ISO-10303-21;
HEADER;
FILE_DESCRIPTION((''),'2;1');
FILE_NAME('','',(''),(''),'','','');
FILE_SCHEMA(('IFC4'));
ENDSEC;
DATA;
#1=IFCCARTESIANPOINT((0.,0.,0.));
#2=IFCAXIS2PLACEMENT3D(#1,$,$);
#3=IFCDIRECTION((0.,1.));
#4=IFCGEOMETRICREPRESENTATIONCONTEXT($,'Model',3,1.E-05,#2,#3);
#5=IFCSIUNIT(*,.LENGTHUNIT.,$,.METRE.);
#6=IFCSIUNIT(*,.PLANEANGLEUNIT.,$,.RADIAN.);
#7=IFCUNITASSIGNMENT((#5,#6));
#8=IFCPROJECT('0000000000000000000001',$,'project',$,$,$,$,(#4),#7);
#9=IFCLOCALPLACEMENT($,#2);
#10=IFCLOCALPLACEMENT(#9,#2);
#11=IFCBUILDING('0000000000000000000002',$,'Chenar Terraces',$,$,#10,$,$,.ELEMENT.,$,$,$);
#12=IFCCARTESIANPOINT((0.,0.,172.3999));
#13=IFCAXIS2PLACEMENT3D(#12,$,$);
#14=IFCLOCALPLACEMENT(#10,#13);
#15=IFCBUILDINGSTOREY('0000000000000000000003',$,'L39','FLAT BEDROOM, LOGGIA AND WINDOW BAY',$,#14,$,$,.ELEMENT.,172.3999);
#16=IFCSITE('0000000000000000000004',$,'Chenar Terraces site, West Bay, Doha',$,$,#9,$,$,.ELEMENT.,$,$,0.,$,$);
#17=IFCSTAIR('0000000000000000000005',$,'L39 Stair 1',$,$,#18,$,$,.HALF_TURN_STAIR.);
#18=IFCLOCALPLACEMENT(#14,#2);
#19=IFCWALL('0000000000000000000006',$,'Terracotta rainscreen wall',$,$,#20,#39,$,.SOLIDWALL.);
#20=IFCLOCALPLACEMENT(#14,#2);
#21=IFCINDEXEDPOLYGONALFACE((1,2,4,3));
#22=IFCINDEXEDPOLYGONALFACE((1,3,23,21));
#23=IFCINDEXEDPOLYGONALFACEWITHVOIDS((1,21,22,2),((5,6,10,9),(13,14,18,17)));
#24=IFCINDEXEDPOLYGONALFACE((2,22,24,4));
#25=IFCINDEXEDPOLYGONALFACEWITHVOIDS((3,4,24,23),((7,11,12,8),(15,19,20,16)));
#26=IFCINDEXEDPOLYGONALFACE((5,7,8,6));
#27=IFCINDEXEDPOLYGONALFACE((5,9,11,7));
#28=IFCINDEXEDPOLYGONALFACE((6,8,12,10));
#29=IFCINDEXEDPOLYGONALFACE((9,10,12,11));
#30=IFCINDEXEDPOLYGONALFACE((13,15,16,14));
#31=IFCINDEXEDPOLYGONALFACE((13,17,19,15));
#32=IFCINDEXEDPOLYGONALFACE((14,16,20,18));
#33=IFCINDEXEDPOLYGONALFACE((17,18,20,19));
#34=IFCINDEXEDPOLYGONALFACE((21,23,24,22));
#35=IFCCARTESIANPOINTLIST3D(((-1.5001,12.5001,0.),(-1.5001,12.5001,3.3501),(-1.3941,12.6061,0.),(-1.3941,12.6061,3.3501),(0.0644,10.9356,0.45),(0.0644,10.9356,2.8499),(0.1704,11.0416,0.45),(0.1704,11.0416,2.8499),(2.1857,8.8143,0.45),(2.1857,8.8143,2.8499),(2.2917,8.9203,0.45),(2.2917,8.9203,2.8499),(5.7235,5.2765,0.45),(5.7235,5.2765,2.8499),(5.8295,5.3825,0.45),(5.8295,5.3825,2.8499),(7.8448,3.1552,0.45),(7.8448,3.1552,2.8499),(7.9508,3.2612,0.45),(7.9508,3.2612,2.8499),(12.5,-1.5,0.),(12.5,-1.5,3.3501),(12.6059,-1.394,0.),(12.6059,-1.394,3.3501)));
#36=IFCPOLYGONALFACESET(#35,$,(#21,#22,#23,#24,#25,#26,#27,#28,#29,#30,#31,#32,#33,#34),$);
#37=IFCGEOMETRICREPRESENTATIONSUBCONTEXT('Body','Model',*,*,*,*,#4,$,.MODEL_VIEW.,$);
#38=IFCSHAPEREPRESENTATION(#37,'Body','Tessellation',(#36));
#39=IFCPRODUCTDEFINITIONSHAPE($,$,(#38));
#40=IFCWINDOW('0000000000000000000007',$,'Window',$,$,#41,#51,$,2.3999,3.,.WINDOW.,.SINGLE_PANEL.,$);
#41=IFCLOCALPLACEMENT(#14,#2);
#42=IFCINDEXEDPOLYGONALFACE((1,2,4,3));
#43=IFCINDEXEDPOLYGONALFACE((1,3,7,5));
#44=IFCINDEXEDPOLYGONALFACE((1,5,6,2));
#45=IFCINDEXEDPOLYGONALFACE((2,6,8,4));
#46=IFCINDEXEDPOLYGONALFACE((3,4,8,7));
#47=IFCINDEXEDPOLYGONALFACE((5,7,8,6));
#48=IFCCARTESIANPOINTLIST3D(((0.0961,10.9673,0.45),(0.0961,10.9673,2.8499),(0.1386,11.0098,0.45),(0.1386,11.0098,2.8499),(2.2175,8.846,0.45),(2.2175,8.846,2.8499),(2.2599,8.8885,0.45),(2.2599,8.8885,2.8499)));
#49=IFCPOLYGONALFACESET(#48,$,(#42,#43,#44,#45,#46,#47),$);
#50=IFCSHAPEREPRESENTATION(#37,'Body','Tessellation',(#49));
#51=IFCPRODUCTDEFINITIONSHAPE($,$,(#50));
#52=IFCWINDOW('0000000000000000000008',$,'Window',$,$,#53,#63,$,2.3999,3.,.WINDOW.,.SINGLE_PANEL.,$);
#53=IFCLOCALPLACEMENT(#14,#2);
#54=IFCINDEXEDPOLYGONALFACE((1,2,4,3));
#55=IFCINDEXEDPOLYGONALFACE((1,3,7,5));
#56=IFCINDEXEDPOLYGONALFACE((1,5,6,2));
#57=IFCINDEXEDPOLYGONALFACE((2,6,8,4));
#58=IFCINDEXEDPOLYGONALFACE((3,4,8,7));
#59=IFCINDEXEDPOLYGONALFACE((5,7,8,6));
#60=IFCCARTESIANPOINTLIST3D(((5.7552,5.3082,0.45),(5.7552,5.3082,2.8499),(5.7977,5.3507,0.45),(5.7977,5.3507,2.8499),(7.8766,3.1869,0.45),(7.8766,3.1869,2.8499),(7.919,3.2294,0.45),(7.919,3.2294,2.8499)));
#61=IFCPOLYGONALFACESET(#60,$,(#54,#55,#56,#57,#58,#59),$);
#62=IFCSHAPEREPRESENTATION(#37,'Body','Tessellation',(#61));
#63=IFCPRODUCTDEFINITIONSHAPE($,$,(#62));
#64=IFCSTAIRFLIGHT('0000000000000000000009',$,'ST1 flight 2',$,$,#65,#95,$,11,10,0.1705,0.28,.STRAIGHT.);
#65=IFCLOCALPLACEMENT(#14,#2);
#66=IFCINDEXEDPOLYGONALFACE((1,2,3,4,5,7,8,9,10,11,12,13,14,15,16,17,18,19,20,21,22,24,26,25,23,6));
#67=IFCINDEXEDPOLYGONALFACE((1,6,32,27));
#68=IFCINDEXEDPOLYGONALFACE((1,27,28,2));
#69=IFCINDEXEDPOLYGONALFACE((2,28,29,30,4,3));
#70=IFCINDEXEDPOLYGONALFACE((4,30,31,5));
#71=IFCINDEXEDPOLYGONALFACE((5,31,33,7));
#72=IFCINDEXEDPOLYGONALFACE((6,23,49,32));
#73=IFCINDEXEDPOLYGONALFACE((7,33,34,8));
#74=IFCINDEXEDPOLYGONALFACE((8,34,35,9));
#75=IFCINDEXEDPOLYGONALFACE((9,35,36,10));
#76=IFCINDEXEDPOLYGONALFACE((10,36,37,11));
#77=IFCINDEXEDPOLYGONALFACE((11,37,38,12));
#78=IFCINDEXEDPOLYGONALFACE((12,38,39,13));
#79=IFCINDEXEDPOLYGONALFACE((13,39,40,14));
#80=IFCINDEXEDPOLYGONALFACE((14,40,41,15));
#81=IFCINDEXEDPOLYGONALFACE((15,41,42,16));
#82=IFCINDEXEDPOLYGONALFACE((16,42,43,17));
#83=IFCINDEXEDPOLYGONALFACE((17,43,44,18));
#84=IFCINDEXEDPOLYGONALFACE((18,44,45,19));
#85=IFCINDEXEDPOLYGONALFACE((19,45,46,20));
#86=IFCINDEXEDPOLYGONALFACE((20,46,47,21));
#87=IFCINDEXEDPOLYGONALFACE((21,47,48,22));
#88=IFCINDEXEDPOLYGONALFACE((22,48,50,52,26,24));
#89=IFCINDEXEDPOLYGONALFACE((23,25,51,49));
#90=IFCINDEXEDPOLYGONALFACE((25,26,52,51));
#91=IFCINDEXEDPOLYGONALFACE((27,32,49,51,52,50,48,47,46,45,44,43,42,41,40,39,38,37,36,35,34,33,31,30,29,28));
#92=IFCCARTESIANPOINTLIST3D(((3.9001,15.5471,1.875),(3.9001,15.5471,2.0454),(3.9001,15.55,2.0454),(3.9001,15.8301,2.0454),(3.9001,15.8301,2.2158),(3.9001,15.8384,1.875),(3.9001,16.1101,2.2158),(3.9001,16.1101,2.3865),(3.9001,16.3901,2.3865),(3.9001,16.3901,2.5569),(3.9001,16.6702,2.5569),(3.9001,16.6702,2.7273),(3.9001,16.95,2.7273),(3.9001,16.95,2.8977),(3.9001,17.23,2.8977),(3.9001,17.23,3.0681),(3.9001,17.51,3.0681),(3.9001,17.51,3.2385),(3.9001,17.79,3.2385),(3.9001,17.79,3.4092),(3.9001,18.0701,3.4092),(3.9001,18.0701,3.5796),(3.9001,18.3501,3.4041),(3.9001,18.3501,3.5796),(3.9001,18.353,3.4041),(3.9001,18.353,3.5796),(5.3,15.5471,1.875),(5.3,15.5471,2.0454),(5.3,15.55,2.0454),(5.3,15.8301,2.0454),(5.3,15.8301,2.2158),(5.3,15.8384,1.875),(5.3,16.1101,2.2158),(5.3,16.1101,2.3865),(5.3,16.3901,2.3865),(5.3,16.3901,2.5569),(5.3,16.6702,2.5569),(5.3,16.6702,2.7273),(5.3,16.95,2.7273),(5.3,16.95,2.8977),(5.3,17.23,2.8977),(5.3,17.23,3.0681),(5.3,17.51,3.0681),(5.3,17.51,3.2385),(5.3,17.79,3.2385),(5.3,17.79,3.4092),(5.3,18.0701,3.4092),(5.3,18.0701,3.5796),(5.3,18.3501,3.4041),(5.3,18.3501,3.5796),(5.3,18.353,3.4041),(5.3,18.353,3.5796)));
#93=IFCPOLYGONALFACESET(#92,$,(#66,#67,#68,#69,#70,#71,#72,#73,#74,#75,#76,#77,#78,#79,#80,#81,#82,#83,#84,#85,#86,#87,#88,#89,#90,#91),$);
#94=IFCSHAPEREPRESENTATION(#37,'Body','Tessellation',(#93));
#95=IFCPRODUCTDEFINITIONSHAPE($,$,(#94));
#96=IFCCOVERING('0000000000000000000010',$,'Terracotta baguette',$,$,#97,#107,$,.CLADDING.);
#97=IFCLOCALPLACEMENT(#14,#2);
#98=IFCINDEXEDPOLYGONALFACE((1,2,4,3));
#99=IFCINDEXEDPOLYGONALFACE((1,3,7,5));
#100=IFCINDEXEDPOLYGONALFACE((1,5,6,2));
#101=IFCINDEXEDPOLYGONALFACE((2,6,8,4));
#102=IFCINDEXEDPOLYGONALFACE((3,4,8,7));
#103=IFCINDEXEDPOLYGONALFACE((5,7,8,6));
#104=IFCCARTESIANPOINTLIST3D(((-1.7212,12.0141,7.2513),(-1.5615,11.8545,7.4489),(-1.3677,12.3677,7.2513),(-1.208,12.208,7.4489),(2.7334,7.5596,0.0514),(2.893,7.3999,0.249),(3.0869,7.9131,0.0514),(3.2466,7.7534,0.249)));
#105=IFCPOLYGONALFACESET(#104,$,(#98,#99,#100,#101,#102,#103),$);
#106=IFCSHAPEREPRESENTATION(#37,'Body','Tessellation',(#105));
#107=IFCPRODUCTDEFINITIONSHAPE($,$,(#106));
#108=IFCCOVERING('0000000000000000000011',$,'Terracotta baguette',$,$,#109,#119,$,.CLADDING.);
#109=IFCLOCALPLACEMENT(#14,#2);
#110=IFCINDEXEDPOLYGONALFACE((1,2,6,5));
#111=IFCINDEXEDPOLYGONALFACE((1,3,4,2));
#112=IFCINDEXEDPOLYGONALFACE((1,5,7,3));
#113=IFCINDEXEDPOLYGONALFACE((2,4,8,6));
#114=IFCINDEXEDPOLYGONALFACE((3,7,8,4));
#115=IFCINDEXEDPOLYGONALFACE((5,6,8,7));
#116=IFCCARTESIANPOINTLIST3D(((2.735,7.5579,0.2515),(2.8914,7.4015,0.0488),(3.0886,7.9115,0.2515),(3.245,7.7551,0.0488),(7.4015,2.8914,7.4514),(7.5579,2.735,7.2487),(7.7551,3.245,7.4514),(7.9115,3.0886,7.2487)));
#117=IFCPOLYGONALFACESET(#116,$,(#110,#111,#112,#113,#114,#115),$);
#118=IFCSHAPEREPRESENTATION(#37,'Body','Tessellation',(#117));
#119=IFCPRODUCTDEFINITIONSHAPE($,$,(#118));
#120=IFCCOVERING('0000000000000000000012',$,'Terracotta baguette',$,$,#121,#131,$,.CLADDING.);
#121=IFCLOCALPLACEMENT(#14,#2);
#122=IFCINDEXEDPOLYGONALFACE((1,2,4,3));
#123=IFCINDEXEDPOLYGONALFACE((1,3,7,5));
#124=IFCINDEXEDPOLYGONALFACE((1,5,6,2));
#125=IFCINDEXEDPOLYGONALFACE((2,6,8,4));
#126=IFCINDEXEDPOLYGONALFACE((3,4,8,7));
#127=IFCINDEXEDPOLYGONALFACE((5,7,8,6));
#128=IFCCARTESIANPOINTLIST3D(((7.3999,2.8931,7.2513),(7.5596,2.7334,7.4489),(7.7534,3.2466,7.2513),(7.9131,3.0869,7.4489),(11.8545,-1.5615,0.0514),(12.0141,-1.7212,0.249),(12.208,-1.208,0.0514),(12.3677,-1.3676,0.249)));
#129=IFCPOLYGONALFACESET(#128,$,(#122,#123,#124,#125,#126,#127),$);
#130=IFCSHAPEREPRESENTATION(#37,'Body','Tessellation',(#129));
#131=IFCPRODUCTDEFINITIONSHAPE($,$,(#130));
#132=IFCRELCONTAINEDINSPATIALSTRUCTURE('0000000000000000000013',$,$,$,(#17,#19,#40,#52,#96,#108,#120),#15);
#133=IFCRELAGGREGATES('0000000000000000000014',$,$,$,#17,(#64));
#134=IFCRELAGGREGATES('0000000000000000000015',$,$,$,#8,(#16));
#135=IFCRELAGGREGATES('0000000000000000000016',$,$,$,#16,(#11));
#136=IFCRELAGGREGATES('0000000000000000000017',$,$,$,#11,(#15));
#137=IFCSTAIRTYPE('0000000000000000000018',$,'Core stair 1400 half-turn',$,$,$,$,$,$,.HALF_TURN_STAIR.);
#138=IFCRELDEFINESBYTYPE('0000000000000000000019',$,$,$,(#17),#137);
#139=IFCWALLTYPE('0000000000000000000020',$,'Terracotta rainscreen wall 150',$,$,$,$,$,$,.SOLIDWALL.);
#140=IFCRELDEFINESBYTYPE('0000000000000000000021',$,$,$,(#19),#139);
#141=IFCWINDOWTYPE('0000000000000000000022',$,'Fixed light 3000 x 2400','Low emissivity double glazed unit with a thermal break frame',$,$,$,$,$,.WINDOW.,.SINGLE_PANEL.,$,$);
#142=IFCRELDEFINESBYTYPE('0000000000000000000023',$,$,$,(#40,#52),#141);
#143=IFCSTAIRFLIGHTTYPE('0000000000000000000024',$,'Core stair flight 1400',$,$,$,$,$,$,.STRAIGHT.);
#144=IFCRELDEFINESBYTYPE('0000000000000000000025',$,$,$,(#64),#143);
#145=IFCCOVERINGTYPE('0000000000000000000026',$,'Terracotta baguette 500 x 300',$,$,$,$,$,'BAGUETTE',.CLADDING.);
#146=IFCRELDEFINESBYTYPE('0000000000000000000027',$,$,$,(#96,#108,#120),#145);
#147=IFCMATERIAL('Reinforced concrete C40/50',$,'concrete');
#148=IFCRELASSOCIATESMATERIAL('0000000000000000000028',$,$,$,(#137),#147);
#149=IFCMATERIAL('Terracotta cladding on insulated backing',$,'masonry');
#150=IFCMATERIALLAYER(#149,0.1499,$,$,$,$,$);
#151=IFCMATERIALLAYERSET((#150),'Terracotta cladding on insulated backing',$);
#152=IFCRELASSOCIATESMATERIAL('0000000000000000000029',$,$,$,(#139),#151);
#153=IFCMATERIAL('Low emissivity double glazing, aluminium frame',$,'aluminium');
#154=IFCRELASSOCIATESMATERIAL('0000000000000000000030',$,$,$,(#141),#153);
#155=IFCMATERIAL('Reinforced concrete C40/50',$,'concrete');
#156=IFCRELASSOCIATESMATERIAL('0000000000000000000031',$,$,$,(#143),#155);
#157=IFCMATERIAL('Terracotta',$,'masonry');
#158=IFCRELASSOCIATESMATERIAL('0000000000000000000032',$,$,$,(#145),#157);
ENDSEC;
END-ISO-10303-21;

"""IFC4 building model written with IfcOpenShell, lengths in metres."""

from ifc_helpers import new_model, si_unit, direction, frame, frame_2d, origin, origin_2d, place, context, subcontext, project, spatial, polyline, rectangle, outline, extrude, material, layer, layer_set, material_profile, profile_set, type_object, element, fill, aggregate, save


model = new_model("IFC4")

# Units and contexts
model_context = context("Model", 3, precision=1e-05, world=origin(), true_north=direction((0.0, 1.0)))
body_context = subcontext(model_context, "Body", "Model", "MODEL_VIEW")
ifc_project = project(units=[si_unit("LENGTHUNIT", "METRE"), si_unit("PLANEANGLEUNIT", "RADIAN")], contexts=[model_context])

# Site, building, storey
site_placement = place(None, origin())
site = spatial("IfcSite", under=ifc_project, at=site_placement, Name="Chenar Terraces site, West Bay, Doha", CompositionType="ELEMENT", RefElevation=0.0)
building_placement = place(site_placement, origin())
building = spatial("IfcBuilding", under=site, at=building_placement, Name="Chenar Terraces", CompositionType="ELEMENT")
storey_placement = place(building_placement, frame((0.0, 0.0, 172.3999)))
storey = spatial("IfcBuildingStorey", under=building, at=storey_placement, Name="L39", Description="FLAT BEDROOM, LOGGIA AND WINDOW BAY", CompositionType="ELEMENT", Elevation=172.3999)

# Stair
ifc_material_1 = material(Name="Reinforced concrete C40/50", Category="concrete")
stair_type = type_object("IfcStairType", Name="Core stair 1400 half-turn", PredefinedType="HALF_TURN_STAIR", material=ifc_material_1)
placement_1 = place(storey_placement, origin())
stair_1 = element("IfcStair", 1, at=placement_1, inside=storey, type_object=stair_type, Name="L39 Stair 1", PredefinedType="HALF_TURN_STAIR")

# Wall, openings, windows
ifc_material_2 = material(Name="Terracotta cladding on insulated backing", Category="masonry")
ifc_layer_1 = layer(ifc_material_2, 0.1499)
ifc_layer_set_1 = layer_set([ifc_layer_1], Name="Terracotta cladding on insulated backing")
wall_type_1 = type_object("IfcWallType", Name="Terracotta rainscreen wall 150", PredefinedType="SOLIDWALL", material=ifc_layer_set_1)
wall_1_placement = place(storey_placement, frame((-1.447, 12.553, 0.0), z_axis=(0.0, 0.0, 1.0), x_axis=(0.707107, -0.707107, 0.0)))
wall_1 = element("IfcWall", 2, at=wall_1_placement, inside=storey, type_object=wall_type_1, Name="Terracotta rainscreen wall", PredefinedType="SOLIDWALL", context=body_context, shape_type="SweptSolid", body=[
    extrude(rectangle(XDim=19.7991, YDim=0.1499, at=frame_2d((9.8994, 0.0))), origin(), (0.0, 0.0, 1.0), 3.3501),
])
opening_1_placement = place(wall_1_placement, frame((2.2124, 0.0, 0.45)))
opening_1 = element("IfcOpeningElement", 3, at=opening_1_placement, cuts=wall_1, PredefinedType="OPENING", context=body_context, shape_type="SweptSolid", body=[
    extrude(rectangle(XDim=3.0, YDim=2.3999, at=frame_2d((1.5, 1.2))), frame((0.0, 0.085, 0.0), z_axis=(0.0, -1.0, 0.0), x_axis=(1.0, 0.0, 0.0)), (0.0, 0.0, 1.0), 0.1699),
])
opening_2_placement = place(wall_1_placement, frame((10.2156, 0.0, 0.45)))
opening_2 = element("IfcOpeningElement", 4, at=opening_2_placement, cuts=wall_1, PredefinedType="OPENING", context=body_context, shape_type="SweptSolid", body=[
    extrude(rectangle(XDim=3.0, YDim=2.3999, at=frame_2d((1.5, 1.2))), frame((0.0, 0.085, 0.0), z_axis=(0.0, -1.0, 0.0), x_axis=(1.0, 0.0, 0.0)), (0.0, 0.0, 1.0), 0.1699),
])
ifc_material_3 = material(Name="Low emissivity double glazing, aluminium frame", Category="aluminium")
window_type = type_object("IfcWindowType", Name="Fixed light 3000 x 2400", Description="Low emissivity double glazed unit with a thermal break frame", PartitioningType="SINGLE_PANEL", PredefinedType="WINDOW", material=ifc_material_3)
window_1_placement = place(opening_1_placement, origin())
window_1 = element("IfcWindow", 5, at=window_1_placement, inside=storey, type_object=window_type, Name="Window", OverallHeight=2.3999, OverallWidth=3.0, PartitioningType="SINGLE_PANEL", PredefinedType="WINDOW", context=body_context, shape_type="SweptSolid", body=[
    extrude(rectangle(XDim=3.0, YDim=2.3999, at=frame_2d((1.5, 1.2))), frame((0.0, 0.03, 0.0), z_axis=(0.0, -1.0, 0.0), x_axis=(1.0, 0.0, 0.0)), (0.0, 0.0, 1.0), 0.0601),
])
fill(opening_1, window_1)
window_2_placement = place(opening_2_placement, origin())
window_2 = element("IfcWindow", 6, at=window_2_placement, inside=storey, type_object=window_type, Name="Window", OverallHeight=2.3999, OverallWidth=3.0, PartitioningType="SINGLE_PANEL", PredefinedType="WINDOW", context=body_context, shape_type="SweptSolid", body=[
    extrude(rectangle(XDim=3.0, YDim=2.3999, at=frame_2d((1.5, 1.2))), frame((0.0, 0.03, 0.0), z_axis=(0.0, -1.0, 0.0), x_axis=(1.0, 0.0, 0.0)), (0.0, 0.0, 1.0), 0.0601),
])
fill(opening_2, window_2)

# Stair flight
ifc_material_4 = material(Name="Reinforced concrete C40/50", Category="concrete")
stair_flight_type = type_object("IfcStairFlightType", Name="Core stair flight 1400", PredefinedType="STRAIGHT", material=ifc_material_4)
stair_flight_placement = place(storey_placement, frame((4.6001, 15.55, 1.875), z_axis=(0.0, 0.0, 1.0), x_axis=(0.0, 1.0, 0.0)))
stair_flight = element("IfcStairFlight", 7, at=stair_flight_placement, type_object=stair_flight_type, Name="ST1 flight 2", NumberOfRisers=11, NumberOfTreads=10, PredefinedType="STRAIGHT", RiserHeight=0.1705, TreadLength=0.28, context=body_context, shape_type="SweptSolid", body=[
    extrude(outline(polyline([(-0.0029, 0.0), (-0.0029, 0.1704), (0.0, 0.1704), (0.28, 0.1704), (0.28, 0.3408), (0.5601, 0.3408), (0.5601, 0.5115), (0.8401, 0.5115), (0.8401, 0.6819), (1.1201, 0.6819), (1.1201, 0.8523), (1.3999, 0.8523), (1.3999, 1.0227), (1.6799, 1.0227), (1.6799, 1.1931), (1.96, 1.1931), (1.96, 1.3635), (2.24, 1.3635), (2.24, 1.5342), (2.52, 1.5342), (2.52, 1.7046), (2.8, 1.7046), (2.803, 1.7046), (2.803, 1.5291), (2.8, 1.5291), (0.2883, 0.0), (-0.0029, 0.0)])), frame((0.0, 0.7, 0.0), z_axis=(0.0, -1.0, 0.0), x_axis=(1.0, 0.0, 0.0)), (0.0, 0.0, 1.0), 1.3999),
])
aggregate(stair_1, [stair_flight])

# Coverings
ifc_material_5 = material(Name="Terracotta", Category="masonry")
ifc_material_profile = material_profile(ifc_material_5, rectangle(XDim=0.5, YDim=0.3, at=origin_2d()), Name="Terracotta baguette 500 x 300")
ifc_profile_set = profile_set([ifc_material_profile], Name="Terracotta")
covering_type = type_object("IfcCoveringType", Name="Terracotta baguette 500 x 300", ElementType="BAGUETTE", PredefinedType="CLADDING", material=ifc_profile_set)
covering_1_placement = place(storey_placement, frame((-1.4646, 12.1111, 7.3501), z_axis=(0.465624, -0.465624, -0.752588), x_axis=(0.707107, 0.707107, 0.0)))
element("IfcCovering", 8, at=covering_1_placement, inside=storey, type_object=covering_type, Name="Terracotta baguette", PredefinedType="CLADDING", context=body_context, shape_type="SweptSolid", body=[
    extrude(rectangle(XDim=0.5, YDim=0.3, at=origin_2d()), origin(), (0.0, 0.0, 1.0), 9.5669),
])
covering_2_placement = place(storey_placement, frame((2.99, 7.6565, 0.1501), z_axis=(0.477789, -0.477789, 0.737181), x_axis=(0.707107, 0.707107, 0.0)))
element("IfcCovering", 9, at=covering_2_placement, inside=storey, type_object=covering_type, Name="Terracotta baguette", PredefinedType="CLADDING", context=body_context, shape_type="SweptSolid", body=[
    extrude(rectangle(XDim=0.5, YDim=0.3, at=origin_2d()), origin(), (0.0, 0.0, 1.0), 9.7668),
])
covering_3_placement = place(storey_placement, frame((7.6565, 2.99, 7.3501), z_axis=(0.465624, -0.465624, -0.752588), x_axis=(0.707107, 0.707107, 0.0)))
element("IfcCovering", 10, at=covering_3_placement, inside=storey, type_object=covering_type, Name="Terracotta baguette", PredefinedType="CLADDING", context=body_context, shape_type="SweptSolid", body=[
    extrude(rectangle(XDim=0.5, YDim=0.3, at=origin_2d()), origin(), (0.0, 0.0, 1.0), 9.5669),
])

save(model, "model.ifc")
